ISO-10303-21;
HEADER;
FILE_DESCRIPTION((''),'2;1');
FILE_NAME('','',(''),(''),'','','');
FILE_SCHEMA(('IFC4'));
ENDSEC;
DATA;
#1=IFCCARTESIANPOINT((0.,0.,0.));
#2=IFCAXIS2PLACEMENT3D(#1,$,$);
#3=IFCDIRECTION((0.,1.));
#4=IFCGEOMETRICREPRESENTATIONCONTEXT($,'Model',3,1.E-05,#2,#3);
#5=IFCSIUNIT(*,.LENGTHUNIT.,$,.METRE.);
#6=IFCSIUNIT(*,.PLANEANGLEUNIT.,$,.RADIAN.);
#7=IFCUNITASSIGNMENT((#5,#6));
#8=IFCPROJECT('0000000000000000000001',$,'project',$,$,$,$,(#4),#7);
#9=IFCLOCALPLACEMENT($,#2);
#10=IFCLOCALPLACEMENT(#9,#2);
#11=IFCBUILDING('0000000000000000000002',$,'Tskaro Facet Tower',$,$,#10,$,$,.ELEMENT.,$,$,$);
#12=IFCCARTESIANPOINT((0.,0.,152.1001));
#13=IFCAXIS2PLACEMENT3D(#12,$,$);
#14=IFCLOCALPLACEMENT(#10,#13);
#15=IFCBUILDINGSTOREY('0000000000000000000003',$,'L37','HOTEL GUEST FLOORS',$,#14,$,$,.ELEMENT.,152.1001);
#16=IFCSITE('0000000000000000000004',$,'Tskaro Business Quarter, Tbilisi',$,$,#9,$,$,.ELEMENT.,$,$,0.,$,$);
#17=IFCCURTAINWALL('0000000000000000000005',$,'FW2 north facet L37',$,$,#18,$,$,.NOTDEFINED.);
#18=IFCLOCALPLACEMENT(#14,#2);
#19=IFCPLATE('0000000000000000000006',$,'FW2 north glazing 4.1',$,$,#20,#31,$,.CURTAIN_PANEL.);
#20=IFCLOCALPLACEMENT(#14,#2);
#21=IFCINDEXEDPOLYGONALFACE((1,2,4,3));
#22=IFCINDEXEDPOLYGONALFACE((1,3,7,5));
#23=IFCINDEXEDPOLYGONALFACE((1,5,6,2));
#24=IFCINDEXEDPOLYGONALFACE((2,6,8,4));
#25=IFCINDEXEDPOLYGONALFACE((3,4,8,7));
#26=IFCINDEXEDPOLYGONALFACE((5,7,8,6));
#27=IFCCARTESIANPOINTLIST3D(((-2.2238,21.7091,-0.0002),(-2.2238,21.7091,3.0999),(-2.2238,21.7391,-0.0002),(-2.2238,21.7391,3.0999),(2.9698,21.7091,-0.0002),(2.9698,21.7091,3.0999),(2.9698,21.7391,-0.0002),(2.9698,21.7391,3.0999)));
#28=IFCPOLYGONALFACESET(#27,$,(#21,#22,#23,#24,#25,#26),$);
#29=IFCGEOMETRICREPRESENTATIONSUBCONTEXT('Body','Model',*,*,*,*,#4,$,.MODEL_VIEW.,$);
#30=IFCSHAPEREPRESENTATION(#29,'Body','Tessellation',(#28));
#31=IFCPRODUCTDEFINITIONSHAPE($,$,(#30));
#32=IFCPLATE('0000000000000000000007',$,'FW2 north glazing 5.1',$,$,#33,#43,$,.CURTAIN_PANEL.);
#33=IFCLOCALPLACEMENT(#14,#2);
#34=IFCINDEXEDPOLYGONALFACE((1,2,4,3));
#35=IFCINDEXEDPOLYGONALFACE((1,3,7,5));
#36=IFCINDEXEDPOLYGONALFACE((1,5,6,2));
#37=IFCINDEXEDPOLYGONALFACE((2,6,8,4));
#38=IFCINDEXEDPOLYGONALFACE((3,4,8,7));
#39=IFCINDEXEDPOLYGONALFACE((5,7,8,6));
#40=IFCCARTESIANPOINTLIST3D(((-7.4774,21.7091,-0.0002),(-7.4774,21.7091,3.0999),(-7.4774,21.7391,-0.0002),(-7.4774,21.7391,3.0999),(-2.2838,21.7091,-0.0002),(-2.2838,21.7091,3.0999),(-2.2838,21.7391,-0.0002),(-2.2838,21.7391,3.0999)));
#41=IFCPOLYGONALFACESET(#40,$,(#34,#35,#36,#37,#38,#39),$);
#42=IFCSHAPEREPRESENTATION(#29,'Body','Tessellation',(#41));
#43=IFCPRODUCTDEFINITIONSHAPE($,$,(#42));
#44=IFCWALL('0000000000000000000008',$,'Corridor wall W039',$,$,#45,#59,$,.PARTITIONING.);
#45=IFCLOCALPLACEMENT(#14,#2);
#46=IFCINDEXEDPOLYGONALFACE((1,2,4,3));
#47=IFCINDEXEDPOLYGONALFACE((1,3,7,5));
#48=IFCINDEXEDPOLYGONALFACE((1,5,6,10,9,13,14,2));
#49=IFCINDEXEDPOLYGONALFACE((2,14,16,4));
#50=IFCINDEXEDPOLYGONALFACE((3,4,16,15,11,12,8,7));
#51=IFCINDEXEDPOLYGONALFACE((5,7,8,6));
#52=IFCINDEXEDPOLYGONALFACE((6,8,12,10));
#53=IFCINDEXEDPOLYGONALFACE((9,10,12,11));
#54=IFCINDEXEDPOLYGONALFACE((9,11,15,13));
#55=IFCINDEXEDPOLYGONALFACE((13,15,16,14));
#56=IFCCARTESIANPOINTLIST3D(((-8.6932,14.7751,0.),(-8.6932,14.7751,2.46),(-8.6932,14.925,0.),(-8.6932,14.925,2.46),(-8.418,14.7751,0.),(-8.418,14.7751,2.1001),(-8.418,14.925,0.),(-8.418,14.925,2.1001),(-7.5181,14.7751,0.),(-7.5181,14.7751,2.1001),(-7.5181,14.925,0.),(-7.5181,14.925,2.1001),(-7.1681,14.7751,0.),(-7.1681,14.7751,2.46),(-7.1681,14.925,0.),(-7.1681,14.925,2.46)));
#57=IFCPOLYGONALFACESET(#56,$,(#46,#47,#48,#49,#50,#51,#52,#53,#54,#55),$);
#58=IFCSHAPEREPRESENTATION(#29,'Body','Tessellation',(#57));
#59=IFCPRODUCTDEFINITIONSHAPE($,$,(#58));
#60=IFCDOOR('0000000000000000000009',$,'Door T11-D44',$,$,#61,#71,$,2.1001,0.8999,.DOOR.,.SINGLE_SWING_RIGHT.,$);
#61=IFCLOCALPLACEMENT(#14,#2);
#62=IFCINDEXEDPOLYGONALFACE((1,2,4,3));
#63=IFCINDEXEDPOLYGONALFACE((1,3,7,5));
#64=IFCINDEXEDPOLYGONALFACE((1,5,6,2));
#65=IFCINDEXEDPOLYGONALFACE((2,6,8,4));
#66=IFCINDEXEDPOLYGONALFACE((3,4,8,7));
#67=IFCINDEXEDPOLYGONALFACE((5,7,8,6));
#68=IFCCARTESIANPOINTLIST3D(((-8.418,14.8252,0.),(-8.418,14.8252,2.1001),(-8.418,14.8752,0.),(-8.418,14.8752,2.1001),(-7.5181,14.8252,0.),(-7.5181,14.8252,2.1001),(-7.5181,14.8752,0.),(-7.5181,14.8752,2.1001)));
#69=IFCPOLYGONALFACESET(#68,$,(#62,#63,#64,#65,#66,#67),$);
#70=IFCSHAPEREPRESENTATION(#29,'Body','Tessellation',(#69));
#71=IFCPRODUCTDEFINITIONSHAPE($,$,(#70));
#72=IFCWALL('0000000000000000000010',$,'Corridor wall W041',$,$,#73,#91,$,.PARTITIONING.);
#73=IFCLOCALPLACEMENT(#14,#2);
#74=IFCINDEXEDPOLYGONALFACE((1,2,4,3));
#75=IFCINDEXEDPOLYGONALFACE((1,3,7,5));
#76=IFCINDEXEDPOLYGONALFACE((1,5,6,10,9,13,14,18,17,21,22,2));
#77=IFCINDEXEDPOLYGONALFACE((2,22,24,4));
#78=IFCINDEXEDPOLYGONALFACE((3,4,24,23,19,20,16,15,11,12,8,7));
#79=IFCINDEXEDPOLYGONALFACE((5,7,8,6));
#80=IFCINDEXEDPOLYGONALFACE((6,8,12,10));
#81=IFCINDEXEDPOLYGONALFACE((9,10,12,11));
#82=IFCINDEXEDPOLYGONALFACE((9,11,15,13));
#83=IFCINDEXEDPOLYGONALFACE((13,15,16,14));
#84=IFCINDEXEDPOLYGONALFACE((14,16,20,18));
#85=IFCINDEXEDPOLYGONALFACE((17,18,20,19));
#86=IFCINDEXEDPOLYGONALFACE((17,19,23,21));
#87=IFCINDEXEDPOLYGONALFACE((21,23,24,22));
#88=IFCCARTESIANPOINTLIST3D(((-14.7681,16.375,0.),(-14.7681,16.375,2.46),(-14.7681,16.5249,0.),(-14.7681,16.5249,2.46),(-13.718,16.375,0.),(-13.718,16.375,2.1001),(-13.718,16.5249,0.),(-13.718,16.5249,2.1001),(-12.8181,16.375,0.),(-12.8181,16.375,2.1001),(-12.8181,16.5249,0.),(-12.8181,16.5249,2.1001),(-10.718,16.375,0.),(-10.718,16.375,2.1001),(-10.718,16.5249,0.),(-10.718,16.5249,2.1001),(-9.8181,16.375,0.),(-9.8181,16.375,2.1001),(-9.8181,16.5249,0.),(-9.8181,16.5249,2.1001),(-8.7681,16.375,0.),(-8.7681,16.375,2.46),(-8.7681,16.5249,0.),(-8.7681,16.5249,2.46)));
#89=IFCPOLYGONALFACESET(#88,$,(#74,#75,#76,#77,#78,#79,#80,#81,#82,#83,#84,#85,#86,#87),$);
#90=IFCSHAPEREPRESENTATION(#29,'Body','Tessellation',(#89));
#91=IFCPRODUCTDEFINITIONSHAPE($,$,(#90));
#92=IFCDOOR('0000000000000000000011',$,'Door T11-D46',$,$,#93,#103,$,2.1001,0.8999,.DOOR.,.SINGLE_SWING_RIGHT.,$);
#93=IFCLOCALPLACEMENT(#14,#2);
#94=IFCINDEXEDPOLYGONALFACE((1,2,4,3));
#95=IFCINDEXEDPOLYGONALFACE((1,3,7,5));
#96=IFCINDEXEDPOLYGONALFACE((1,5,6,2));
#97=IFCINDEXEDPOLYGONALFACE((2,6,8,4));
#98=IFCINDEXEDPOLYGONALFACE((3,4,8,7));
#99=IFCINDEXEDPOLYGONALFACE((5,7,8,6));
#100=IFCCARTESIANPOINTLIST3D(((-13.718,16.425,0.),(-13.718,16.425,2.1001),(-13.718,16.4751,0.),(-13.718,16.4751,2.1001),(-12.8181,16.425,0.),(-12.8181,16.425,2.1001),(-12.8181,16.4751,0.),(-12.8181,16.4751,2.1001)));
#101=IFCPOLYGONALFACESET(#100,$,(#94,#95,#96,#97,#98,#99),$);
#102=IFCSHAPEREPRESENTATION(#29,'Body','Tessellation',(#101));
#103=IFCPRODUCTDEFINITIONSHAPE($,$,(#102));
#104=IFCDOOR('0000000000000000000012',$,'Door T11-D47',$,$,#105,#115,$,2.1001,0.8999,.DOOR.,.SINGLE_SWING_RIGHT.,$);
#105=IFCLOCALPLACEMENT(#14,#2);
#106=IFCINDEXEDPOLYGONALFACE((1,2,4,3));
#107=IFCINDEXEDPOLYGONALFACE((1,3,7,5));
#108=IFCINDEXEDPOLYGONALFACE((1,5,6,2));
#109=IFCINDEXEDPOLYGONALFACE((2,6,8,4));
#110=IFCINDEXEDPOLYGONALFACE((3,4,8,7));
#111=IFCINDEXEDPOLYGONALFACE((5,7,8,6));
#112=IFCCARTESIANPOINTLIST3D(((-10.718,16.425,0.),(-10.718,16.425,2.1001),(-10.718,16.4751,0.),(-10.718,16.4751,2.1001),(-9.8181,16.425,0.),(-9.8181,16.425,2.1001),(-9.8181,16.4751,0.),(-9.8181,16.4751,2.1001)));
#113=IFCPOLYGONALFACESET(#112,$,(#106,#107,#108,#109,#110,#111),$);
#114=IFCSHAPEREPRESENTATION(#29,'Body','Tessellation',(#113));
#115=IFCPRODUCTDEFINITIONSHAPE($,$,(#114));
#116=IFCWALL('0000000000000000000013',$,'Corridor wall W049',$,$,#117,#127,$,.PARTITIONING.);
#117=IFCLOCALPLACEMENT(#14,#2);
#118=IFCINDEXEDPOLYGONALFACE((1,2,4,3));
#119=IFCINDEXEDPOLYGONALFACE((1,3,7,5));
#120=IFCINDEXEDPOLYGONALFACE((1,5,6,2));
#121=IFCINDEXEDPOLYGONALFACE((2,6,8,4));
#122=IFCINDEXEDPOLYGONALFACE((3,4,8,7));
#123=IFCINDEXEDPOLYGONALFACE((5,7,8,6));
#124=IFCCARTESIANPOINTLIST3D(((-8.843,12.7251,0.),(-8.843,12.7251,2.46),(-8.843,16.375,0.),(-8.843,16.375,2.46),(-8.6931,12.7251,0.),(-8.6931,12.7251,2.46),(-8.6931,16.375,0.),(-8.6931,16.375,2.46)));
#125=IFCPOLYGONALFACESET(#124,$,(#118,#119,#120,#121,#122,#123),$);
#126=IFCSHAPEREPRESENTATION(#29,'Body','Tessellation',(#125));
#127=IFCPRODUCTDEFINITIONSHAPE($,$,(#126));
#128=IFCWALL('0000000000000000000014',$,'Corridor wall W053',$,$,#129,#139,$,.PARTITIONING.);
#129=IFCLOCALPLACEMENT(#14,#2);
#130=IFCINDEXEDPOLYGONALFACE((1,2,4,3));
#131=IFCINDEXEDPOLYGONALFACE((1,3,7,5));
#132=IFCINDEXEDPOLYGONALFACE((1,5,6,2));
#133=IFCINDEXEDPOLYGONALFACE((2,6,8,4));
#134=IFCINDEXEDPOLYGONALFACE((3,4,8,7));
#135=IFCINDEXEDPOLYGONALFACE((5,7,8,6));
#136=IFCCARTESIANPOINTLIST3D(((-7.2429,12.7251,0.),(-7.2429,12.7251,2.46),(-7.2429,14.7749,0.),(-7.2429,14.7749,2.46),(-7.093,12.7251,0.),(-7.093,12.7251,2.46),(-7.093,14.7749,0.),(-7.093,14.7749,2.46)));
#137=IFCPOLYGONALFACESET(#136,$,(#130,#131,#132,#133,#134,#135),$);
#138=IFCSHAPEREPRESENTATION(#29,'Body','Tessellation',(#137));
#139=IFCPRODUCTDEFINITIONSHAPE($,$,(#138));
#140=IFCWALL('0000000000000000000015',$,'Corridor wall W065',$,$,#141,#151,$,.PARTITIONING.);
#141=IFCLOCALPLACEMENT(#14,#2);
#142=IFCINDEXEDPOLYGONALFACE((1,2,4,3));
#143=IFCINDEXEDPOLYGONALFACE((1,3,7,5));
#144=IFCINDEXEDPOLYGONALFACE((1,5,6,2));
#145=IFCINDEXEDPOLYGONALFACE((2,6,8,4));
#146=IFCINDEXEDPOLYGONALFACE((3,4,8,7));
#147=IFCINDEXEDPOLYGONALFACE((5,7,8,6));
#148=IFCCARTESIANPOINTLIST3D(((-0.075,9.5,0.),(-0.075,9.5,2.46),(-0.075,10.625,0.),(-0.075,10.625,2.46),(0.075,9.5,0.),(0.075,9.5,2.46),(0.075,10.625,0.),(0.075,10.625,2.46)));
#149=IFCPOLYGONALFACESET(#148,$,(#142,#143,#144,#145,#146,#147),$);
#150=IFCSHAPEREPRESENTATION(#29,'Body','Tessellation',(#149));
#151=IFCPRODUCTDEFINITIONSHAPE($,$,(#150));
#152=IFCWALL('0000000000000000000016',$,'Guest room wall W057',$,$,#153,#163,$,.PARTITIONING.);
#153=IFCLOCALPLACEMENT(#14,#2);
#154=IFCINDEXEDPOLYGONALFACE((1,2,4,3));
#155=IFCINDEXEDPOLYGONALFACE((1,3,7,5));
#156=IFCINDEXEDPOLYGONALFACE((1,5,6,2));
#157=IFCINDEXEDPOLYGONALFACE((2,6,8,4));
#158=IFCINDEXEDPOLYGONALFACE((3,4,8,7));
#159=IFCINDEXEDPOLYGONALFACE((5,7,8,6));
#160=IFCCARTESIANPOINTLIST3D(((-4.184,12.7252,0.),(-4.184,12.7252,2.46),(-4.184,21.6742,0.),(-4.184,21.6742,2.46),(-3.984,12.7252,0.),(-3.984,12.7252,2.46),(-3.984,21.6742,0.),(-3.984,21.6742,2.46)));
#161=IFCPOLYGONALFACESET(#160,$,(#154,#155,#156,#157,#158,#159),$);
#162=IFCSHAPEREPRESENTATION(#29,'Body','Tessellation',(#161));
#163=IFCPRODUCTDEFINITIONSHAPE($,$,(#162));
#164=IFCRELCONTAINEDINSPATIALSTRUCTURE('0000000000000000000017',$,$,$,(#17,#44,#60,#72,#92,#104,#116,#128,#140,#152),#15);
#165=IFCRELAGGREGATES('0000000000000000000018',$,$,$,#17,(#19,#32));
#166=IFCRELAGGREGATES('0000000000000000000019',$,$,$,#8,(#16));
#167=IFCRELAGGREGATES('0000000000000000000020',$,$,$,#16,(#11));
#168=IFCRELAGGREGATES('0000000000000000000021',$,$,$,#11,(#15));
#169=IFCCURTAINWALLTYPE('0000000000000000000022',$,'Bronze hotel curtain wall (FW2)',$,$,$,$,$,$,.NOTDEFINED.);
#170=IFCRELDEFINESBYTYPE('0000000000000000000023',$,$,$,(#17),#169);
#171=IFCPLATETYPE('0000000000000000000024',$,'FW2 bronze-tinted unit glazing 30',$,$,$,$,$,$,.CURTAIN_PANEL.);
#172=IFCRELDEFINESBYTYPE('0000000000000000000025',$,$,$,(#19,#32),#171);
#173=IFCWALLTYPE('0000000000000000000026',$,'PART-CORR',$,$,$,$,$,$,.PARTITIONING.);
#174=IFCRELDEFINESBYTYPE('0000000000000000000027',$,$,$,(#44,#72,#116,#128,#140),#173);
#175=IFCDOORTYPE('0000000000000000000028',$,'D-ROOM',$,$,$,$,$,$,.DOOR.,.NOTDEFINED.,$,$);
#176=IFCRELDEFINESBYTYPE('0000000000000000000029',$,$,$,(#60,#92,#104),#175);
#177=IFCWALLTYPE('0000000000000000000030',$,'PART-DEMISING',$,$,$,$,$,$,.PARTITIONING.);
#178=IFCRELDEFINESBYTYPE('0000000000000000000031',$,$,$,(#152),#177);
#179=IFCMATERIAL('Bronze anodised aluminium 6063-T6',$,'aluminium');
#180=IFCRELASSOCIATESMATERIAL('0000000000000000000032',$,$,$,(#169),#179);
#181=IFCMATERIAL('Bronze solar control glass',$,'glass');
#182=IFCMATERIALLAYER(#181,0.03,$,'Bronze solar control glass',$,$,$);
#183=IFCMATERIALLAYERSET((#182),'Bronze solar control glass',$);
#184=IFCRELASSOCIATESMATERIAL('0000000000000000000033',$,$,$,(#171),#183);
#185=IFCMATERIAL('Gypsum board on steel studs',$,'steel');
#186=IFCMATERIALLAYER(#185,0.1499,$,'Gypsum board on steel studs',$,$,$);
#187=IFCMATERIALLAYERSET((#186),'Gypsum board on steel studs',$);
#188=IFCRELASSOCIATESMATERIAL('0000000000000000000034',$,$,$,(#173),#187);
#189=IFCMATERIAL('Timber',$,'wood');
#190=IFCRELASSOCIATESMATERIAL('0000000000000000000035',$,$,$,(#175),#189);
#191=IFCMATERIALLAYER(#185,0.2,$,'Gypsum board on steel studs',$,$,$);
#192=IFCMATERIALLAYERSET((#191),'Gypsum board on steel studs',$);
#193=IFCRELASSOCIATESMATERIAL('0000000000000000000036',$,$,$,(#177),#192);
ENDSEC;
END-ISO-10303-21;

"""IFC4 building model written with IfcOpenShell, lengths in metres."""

from ifc_helpers import new_model, si_unit, direction, frame, frame_2d, origin, origin_2d, place, context, subcontext, project, spatial, rectangle, extrude, material, layer, layer_set, type_object, element, fill, aggregate, save


model = new_model("IFC4")

# Units and contexts
model_context = context("Model", 3, precision=1e-05, world=origin(), true_north=direction((0.0, 1.0)))
body_context = subcontext(model_context, "Body", "Model", "MODEL_VIEW")
ifc_project = project(units=[si_unit("LENGTHUNIT", "METRE"), si_unit("PLANEANGLEUNIT", "RADIAN")], contexts=[model_context])

# Site, building, storey
site_placement = place(None, origin())
site = spatial("IfcSite", under=ifc_project, at=site_placement, Name="Tskaro Business Quarter, Tbilisi", CompositionType="ELEMENT", RefElevation=0.0)
building_placement = place(site_placement, origin())
building = spatial("IfcBuilding", under=site, at=building_placement, Name="Tskaro Facet Tower", CompositionType="ELEMENT")
storey_placement = place(building_placement, frame((0.0, 0.0, 152.1001)))
storey = spatial("IfcBuildingStorey", under=building, at=storey_placement, Name="L37", Description="HOTEL GUEST FLOORS", CompositionType="ELEMENT", Elevation=152.1001)

# Curtain wall
ifc_material_1 = material(Name="Bronze anodised aluminium 6063-T6", Category="aluminium")
curtain_wall_type = type_object("IfcCurtainWallType", Name="Bronze hotel curtain wall (FW2)", PredefinedType="NOTDEFINED", material=ifc_material_1)
curtain_wall_placement = place(storey_placement, origin())
curtain_wall = element("IfcCurtainWall", 1, at=curtain_wall_placement, inside=storey, type_object=curtain_wall_type, Name="FW2 north facet L37", PredefinedType="NOTDEFINED")

# Plates
ifc_material_2 = material(Name="Bronze solar control glass", Category="glass")
ifc_layer_1 = layer(ifc_material_2, 0.03, Name="Bronze solar control glass")
ifc_layer_set_1 = layer_set([ifc_layer_1], Name="Bronze solar control glass")
plate_type = type_object("IfcPlateType", Name="FW2 bronze-tinted unit glazing 30", PredefinedType="CURTAIN_PANEL", material=ifc_layer_set_1)
plate_1_placement = place(storey_placement, frame((0.373, 21.7241, -0.0002), z_axis=(0.0, 0.0, 1.0), x_axis=(-1.0, 0.0, 0.0)))
plate_1 = element("IfcPlate", 2, at=plate_1_placement, type_object=plate_type, Name="FW2 north glazing 4.1", PredefinedType="CURTAIN_PANEL", context=body_context, shape_type="SweptSolid", body=[
    extrude(rectangle(XDim=5.1936, YDim=0.03, at=origin_2d()), origin(), (0.0, 0.0, 1.0), 3.1001),
])
plate_2_placement = place(storey_placement, frame((-4.8806, 21.7241, -0.0002), z_axis=(0.0, 0.0, 1.0), x_axis=(-1.0, 0.0, 0.0)))
plate_2 = element("IfcPlate", 3, at=plate_2_placement, type_object=plate_type, Name="FW2 north glazing 5.1", PredefinedType="CURTAIN_PANEL", context=body_context, shape_type="SweptSolid", body=[
    extrude(rectangle(XDim=5.1936, YDim=0.03, at=origin_2d()), origin(), (0.0, 0.0, 1.0), 3.1001),
])
aggregate(curtain_wall, [plate_1, plate_2])

# Wall, opening, door
ifc_material_3 = material(Name="Gypsum board on steel studs", Category="steel")
ifc_layer_2 = layer(ifc_material_3, 0.1499, Name="Gypsum board on steel studs")
ifc_layer_set_2 = layer_set([ifc_layer_2], Name="Gypsum board on steel studs")
wall_type_1 = type_object("IfcWallType", Name="PART-CORR", PredefinedType="PARTITIONING", material=ifc_layer_set_2)
wall_1_placement = place(storey_placement, frame((-7.168, 14.8501, 0.0), z_axis=(0.0, 0.0, 1.0), x_axis=(-1.0, 0.0, 0.0)))
wall_1 = element("IfcWall", 4, at=wall_1_placement, inside=storey, type_object=wall_type_1, Name="Corridor wall W039", PredefinedType="PARTITIONING", context=body_context, shape_type="SweptSolid", body=[
    extrude(rectangle(XDim=1.5251, YDim=0.1499, at=frame_2d((0.7627, 0.0))), origin(), (0.0, 0.0, 1.0), 2.46),
])
opening_1_placement = place(wall_1_placement, frame((0.3501, 0.0, 0.0)))
opening_1 = element("IfcOpeningElement", 5, at=opening_1_placement, cuts=wall_1, PredefinedType="OPENING", context=body_context, shape_type="SweptSolid", body=[
    extrude(rectangle(XDim=0.8999, YDim=2.1001, at=frame_2d((0.45, 1.05))), frame((0.0, 0.085, 0.0), z_axis=(0.0, -1.0, 0.0), x_axis=(1.0, 0.0, 0.0)), (0.0, 0.0, 1.0), 0.1699),
])
ifc_material_4 = material(Name="Timber", Category="wood")
door_type_1 = type_object("IfcDoorType", Name="D-ROOM", OperationType="NOTDEFINED", PredefinedType="DOOR", material=ifc_material_4)
door_1_placement = place(opening_1_placement, origin())
door_1 = element("IfcDoor", 6, at=door_1_placement, inside=storey, type_object=door_type_1, Name="Door T11-D44", OperationType="SINGLE_SWING_RIGHT", OverallHeight=2.1001, OverallWidth=0.8999, PredefinedType="DOOR", context=body_context, shape_type="SweptSolid", body=[
    extrude(rectangle(XDim=0.8999, YDim=2.1001, at=frame_2d((0.45, 1.05))), frame((0.0, 0.0249, 0.0), z_axis=(0.0, -1.0, 0.0), x_axis=(1.0, 0.0, 0.0)), (0.0, 0.0, 1.0), 0.05),
])
fill(opening_1, door_1)

# Wall, openings, doors
wall_2_placement = place(storey_placement, frame((-8.7681, 16.45, 0.0), z_axis=(0.0, 0.0, 1.0), x_axis=(-1.0, 0.0, 0.0)))
wall_2 = element("IfcWall", 7, at=wall_2_placement, inside=storey, type_object=wall_type_1, Name="Corridor wall W041", PredefinedType="PARTITIONING", context=body_context, shape_type="SweptSolid", body=[
    extrude(rectangle(XDim=6.0, YDim=0.1499, at=frame_2d((3.0, 0.0))), origin(), (0.0, 0.0, 1.0), 2.46),
])
opening_2_placement = place(wall_2_placement, frame((4.05, 0.0, 0.0)))
opening_2 = element("IfcOpeningElement", 8, at=opening_2_placement, cuts=wall_2, PredefinedType="OPENING", context=body_context, shape_type="SweptSolid", body=[
    extrude(rectangle(XDim=0.8999, YDim=2.1001, at=frame_2d((0.45, 1.05))), frame((0.0, 0.085, 0.0), z_axis=(0.0, -1.0, 0.0), x_axis=(1.0, 0.0, 0.0)), (0.0, 0.0, 1.0), 0.1699),
])
opening_3_placement = place(wall_2_placement, frame((1.05, 0.0, 0.0)))
opening_3 = element("IfcOpeningElement", 9, at=opening_3_placement, cuts=wall_2, PredefinedType="OPENING", context=body_context, shape_type="SweptSolid", body=[
    extrude(rectangle(XDim=0.8999, YDim=2.1001, at=frame_2d((0.45, 1.05))), frame((0.0, 0.085, 0.0), z_axis=(0.0, -1.0, 0.0), x_axis=(1.0, 0.0, 0.0)), (0.0, 0.0, 1.0), 0.1699),
])
door_2_placement = place(opening_2_placement, origin())
door_2 = element("IfcDoor", 10, at=door_2_placement, inside=storey, type_object=door_type_1, Name="Door T11-D46", OperationType="SINGLE_SWING_RIGHT", OverallHeight=2.1001, OverallWidth=0.8999, PredefinedType="DOOR", context=body_context, shape_type="SweptSolid", body=[
    extrude(rectangle(XDim=0.8999, YDim=2.1001, at=frame_2d((0.45, 1.05))), frame((0.0, 0.0249, 0.0), z_axis=(0.0, -1.0, 0.0), x_axis=(1.0, 0.0, 0.0)), (0.0, 0.0, 1.0), 0.05),
])
fill(opening_2, door_2)
door_3_placement = place(opening_3_placement, origin())
door_3 = element("IfcDoor", 11, at=door_3_placement, inside=storey, type_object=door_type_1, Name="Door T11-D47", OperationType="SINGLE_SWING_RIGHT", OverallHeight=2.1001, OverallWidth=0.8999, PredefinedType="DOOR", context=body_context, shape_type="SweptSolid", body=[
    extrude(rectangle(XDim=0.8999, YDim=2.1001, at=frame_2d((0.45, 1.05))), frame((0.0, 0.0249, 0.0), z_axis=(0.0, -1.0, 0.0), x_axis=(1.0, 0.0, 0.0)), (0.0, 0.0, 1.0), 0.05),
])
fill(opening_3, door_3)

# Walls
wall_3_placement = place(storey_placement, frame((-8.7681, 12.7251, 0.0), z_axis=(0.0, 0.0, 1.0), x_axis=(0.0, 1.0, 0.0)))
element("IfcWall", 12, at=wall_3_placement, inside=storey, type_object=wall_type_1, Name="Corridor wall W049", PredefinedType="PARTITIONING", context=body_context, shape_type="SweptSolid", body=[
    extrude(rectangle(XDim=3.6499, YDim=0.1499, at=frame_2d((1.825, 0.0))), origin(), (0.0, 0.0, 1.0), 2.46),
])
wall_4_placement = place(storey_placement, frame((-7.168, 12.7251, 0.0), z_axis=(0.0, 0.0, 1.0), x_axis=(0.0, 1.0, 0.0)))
element("IfcWall", 13, at=wall_4_placement, inside=storey, type_object=wall_type_1, Name="Corridor wall W053", PredefinedType="PARTITIONING", context=body_context, shape_type="SweptSolid", body=[
    extrude(rectangle(XDim=2.0498, YDim=0.1499, at=frame_2d((1.0249, 0.0))), origin(), (0.0, 0.0, 1.0), 2.46),
])
wall_5_placement = place(storey_placement, frame((0.0, 9.5, 0.0), z_axis=(0.0, 0.0, 1.0), x_axis=(0.0, 1.0, 0.0)))
element("IfcWall", 14, at=wall_5_placement, inside=storey, type_object=wall_type_1, Name="Corridor wall W065", PredefinedType="PARTITIONING", context=body_context, shape_type="SweptSolid", body=[
    extrude(rectangle(XDim=1.125, YDim=0.1499, at=frame_2d((0.5625, 0.0))), origin(), (0.0, 0.0, 1.0), 2.46),
])
ifc_layer_3 = layer(ifc_material_3, 0.2, Name="Gypsum board on steel studs")
ifc_layer_set_3 = layer_set([ifc_layer_3], Name="Gypsum board on steel studs")
wall_type_2 = type_object("IfcWallType", Name="PART-DEMISING", PredefinedType="PARTITIONING", material=ifc_layer_set_3)
wall_6_placement = place(storey_placement, frame((-4.084, 12.7251, 0.0), z_axis=(0.0, 0.0, 1.0), x_axis=(0.0, 1.0, 0.0)))
element("IfcWall", 15, at=wall_6_placement, inside=storey, type_object=wall_type_2, Name="Guest room wall W057", PredefinedType="PARTITIONING", context=body_context, shape_type="SweptSolid", body=[
    extrude(rectangle(XDim=8.949, YDim=0.2, at=frame_2d((4.4746, 0.0))), origin(), (0.0, 0.0, 1.0), 2.46),
])

save(model, "model.ifc")
